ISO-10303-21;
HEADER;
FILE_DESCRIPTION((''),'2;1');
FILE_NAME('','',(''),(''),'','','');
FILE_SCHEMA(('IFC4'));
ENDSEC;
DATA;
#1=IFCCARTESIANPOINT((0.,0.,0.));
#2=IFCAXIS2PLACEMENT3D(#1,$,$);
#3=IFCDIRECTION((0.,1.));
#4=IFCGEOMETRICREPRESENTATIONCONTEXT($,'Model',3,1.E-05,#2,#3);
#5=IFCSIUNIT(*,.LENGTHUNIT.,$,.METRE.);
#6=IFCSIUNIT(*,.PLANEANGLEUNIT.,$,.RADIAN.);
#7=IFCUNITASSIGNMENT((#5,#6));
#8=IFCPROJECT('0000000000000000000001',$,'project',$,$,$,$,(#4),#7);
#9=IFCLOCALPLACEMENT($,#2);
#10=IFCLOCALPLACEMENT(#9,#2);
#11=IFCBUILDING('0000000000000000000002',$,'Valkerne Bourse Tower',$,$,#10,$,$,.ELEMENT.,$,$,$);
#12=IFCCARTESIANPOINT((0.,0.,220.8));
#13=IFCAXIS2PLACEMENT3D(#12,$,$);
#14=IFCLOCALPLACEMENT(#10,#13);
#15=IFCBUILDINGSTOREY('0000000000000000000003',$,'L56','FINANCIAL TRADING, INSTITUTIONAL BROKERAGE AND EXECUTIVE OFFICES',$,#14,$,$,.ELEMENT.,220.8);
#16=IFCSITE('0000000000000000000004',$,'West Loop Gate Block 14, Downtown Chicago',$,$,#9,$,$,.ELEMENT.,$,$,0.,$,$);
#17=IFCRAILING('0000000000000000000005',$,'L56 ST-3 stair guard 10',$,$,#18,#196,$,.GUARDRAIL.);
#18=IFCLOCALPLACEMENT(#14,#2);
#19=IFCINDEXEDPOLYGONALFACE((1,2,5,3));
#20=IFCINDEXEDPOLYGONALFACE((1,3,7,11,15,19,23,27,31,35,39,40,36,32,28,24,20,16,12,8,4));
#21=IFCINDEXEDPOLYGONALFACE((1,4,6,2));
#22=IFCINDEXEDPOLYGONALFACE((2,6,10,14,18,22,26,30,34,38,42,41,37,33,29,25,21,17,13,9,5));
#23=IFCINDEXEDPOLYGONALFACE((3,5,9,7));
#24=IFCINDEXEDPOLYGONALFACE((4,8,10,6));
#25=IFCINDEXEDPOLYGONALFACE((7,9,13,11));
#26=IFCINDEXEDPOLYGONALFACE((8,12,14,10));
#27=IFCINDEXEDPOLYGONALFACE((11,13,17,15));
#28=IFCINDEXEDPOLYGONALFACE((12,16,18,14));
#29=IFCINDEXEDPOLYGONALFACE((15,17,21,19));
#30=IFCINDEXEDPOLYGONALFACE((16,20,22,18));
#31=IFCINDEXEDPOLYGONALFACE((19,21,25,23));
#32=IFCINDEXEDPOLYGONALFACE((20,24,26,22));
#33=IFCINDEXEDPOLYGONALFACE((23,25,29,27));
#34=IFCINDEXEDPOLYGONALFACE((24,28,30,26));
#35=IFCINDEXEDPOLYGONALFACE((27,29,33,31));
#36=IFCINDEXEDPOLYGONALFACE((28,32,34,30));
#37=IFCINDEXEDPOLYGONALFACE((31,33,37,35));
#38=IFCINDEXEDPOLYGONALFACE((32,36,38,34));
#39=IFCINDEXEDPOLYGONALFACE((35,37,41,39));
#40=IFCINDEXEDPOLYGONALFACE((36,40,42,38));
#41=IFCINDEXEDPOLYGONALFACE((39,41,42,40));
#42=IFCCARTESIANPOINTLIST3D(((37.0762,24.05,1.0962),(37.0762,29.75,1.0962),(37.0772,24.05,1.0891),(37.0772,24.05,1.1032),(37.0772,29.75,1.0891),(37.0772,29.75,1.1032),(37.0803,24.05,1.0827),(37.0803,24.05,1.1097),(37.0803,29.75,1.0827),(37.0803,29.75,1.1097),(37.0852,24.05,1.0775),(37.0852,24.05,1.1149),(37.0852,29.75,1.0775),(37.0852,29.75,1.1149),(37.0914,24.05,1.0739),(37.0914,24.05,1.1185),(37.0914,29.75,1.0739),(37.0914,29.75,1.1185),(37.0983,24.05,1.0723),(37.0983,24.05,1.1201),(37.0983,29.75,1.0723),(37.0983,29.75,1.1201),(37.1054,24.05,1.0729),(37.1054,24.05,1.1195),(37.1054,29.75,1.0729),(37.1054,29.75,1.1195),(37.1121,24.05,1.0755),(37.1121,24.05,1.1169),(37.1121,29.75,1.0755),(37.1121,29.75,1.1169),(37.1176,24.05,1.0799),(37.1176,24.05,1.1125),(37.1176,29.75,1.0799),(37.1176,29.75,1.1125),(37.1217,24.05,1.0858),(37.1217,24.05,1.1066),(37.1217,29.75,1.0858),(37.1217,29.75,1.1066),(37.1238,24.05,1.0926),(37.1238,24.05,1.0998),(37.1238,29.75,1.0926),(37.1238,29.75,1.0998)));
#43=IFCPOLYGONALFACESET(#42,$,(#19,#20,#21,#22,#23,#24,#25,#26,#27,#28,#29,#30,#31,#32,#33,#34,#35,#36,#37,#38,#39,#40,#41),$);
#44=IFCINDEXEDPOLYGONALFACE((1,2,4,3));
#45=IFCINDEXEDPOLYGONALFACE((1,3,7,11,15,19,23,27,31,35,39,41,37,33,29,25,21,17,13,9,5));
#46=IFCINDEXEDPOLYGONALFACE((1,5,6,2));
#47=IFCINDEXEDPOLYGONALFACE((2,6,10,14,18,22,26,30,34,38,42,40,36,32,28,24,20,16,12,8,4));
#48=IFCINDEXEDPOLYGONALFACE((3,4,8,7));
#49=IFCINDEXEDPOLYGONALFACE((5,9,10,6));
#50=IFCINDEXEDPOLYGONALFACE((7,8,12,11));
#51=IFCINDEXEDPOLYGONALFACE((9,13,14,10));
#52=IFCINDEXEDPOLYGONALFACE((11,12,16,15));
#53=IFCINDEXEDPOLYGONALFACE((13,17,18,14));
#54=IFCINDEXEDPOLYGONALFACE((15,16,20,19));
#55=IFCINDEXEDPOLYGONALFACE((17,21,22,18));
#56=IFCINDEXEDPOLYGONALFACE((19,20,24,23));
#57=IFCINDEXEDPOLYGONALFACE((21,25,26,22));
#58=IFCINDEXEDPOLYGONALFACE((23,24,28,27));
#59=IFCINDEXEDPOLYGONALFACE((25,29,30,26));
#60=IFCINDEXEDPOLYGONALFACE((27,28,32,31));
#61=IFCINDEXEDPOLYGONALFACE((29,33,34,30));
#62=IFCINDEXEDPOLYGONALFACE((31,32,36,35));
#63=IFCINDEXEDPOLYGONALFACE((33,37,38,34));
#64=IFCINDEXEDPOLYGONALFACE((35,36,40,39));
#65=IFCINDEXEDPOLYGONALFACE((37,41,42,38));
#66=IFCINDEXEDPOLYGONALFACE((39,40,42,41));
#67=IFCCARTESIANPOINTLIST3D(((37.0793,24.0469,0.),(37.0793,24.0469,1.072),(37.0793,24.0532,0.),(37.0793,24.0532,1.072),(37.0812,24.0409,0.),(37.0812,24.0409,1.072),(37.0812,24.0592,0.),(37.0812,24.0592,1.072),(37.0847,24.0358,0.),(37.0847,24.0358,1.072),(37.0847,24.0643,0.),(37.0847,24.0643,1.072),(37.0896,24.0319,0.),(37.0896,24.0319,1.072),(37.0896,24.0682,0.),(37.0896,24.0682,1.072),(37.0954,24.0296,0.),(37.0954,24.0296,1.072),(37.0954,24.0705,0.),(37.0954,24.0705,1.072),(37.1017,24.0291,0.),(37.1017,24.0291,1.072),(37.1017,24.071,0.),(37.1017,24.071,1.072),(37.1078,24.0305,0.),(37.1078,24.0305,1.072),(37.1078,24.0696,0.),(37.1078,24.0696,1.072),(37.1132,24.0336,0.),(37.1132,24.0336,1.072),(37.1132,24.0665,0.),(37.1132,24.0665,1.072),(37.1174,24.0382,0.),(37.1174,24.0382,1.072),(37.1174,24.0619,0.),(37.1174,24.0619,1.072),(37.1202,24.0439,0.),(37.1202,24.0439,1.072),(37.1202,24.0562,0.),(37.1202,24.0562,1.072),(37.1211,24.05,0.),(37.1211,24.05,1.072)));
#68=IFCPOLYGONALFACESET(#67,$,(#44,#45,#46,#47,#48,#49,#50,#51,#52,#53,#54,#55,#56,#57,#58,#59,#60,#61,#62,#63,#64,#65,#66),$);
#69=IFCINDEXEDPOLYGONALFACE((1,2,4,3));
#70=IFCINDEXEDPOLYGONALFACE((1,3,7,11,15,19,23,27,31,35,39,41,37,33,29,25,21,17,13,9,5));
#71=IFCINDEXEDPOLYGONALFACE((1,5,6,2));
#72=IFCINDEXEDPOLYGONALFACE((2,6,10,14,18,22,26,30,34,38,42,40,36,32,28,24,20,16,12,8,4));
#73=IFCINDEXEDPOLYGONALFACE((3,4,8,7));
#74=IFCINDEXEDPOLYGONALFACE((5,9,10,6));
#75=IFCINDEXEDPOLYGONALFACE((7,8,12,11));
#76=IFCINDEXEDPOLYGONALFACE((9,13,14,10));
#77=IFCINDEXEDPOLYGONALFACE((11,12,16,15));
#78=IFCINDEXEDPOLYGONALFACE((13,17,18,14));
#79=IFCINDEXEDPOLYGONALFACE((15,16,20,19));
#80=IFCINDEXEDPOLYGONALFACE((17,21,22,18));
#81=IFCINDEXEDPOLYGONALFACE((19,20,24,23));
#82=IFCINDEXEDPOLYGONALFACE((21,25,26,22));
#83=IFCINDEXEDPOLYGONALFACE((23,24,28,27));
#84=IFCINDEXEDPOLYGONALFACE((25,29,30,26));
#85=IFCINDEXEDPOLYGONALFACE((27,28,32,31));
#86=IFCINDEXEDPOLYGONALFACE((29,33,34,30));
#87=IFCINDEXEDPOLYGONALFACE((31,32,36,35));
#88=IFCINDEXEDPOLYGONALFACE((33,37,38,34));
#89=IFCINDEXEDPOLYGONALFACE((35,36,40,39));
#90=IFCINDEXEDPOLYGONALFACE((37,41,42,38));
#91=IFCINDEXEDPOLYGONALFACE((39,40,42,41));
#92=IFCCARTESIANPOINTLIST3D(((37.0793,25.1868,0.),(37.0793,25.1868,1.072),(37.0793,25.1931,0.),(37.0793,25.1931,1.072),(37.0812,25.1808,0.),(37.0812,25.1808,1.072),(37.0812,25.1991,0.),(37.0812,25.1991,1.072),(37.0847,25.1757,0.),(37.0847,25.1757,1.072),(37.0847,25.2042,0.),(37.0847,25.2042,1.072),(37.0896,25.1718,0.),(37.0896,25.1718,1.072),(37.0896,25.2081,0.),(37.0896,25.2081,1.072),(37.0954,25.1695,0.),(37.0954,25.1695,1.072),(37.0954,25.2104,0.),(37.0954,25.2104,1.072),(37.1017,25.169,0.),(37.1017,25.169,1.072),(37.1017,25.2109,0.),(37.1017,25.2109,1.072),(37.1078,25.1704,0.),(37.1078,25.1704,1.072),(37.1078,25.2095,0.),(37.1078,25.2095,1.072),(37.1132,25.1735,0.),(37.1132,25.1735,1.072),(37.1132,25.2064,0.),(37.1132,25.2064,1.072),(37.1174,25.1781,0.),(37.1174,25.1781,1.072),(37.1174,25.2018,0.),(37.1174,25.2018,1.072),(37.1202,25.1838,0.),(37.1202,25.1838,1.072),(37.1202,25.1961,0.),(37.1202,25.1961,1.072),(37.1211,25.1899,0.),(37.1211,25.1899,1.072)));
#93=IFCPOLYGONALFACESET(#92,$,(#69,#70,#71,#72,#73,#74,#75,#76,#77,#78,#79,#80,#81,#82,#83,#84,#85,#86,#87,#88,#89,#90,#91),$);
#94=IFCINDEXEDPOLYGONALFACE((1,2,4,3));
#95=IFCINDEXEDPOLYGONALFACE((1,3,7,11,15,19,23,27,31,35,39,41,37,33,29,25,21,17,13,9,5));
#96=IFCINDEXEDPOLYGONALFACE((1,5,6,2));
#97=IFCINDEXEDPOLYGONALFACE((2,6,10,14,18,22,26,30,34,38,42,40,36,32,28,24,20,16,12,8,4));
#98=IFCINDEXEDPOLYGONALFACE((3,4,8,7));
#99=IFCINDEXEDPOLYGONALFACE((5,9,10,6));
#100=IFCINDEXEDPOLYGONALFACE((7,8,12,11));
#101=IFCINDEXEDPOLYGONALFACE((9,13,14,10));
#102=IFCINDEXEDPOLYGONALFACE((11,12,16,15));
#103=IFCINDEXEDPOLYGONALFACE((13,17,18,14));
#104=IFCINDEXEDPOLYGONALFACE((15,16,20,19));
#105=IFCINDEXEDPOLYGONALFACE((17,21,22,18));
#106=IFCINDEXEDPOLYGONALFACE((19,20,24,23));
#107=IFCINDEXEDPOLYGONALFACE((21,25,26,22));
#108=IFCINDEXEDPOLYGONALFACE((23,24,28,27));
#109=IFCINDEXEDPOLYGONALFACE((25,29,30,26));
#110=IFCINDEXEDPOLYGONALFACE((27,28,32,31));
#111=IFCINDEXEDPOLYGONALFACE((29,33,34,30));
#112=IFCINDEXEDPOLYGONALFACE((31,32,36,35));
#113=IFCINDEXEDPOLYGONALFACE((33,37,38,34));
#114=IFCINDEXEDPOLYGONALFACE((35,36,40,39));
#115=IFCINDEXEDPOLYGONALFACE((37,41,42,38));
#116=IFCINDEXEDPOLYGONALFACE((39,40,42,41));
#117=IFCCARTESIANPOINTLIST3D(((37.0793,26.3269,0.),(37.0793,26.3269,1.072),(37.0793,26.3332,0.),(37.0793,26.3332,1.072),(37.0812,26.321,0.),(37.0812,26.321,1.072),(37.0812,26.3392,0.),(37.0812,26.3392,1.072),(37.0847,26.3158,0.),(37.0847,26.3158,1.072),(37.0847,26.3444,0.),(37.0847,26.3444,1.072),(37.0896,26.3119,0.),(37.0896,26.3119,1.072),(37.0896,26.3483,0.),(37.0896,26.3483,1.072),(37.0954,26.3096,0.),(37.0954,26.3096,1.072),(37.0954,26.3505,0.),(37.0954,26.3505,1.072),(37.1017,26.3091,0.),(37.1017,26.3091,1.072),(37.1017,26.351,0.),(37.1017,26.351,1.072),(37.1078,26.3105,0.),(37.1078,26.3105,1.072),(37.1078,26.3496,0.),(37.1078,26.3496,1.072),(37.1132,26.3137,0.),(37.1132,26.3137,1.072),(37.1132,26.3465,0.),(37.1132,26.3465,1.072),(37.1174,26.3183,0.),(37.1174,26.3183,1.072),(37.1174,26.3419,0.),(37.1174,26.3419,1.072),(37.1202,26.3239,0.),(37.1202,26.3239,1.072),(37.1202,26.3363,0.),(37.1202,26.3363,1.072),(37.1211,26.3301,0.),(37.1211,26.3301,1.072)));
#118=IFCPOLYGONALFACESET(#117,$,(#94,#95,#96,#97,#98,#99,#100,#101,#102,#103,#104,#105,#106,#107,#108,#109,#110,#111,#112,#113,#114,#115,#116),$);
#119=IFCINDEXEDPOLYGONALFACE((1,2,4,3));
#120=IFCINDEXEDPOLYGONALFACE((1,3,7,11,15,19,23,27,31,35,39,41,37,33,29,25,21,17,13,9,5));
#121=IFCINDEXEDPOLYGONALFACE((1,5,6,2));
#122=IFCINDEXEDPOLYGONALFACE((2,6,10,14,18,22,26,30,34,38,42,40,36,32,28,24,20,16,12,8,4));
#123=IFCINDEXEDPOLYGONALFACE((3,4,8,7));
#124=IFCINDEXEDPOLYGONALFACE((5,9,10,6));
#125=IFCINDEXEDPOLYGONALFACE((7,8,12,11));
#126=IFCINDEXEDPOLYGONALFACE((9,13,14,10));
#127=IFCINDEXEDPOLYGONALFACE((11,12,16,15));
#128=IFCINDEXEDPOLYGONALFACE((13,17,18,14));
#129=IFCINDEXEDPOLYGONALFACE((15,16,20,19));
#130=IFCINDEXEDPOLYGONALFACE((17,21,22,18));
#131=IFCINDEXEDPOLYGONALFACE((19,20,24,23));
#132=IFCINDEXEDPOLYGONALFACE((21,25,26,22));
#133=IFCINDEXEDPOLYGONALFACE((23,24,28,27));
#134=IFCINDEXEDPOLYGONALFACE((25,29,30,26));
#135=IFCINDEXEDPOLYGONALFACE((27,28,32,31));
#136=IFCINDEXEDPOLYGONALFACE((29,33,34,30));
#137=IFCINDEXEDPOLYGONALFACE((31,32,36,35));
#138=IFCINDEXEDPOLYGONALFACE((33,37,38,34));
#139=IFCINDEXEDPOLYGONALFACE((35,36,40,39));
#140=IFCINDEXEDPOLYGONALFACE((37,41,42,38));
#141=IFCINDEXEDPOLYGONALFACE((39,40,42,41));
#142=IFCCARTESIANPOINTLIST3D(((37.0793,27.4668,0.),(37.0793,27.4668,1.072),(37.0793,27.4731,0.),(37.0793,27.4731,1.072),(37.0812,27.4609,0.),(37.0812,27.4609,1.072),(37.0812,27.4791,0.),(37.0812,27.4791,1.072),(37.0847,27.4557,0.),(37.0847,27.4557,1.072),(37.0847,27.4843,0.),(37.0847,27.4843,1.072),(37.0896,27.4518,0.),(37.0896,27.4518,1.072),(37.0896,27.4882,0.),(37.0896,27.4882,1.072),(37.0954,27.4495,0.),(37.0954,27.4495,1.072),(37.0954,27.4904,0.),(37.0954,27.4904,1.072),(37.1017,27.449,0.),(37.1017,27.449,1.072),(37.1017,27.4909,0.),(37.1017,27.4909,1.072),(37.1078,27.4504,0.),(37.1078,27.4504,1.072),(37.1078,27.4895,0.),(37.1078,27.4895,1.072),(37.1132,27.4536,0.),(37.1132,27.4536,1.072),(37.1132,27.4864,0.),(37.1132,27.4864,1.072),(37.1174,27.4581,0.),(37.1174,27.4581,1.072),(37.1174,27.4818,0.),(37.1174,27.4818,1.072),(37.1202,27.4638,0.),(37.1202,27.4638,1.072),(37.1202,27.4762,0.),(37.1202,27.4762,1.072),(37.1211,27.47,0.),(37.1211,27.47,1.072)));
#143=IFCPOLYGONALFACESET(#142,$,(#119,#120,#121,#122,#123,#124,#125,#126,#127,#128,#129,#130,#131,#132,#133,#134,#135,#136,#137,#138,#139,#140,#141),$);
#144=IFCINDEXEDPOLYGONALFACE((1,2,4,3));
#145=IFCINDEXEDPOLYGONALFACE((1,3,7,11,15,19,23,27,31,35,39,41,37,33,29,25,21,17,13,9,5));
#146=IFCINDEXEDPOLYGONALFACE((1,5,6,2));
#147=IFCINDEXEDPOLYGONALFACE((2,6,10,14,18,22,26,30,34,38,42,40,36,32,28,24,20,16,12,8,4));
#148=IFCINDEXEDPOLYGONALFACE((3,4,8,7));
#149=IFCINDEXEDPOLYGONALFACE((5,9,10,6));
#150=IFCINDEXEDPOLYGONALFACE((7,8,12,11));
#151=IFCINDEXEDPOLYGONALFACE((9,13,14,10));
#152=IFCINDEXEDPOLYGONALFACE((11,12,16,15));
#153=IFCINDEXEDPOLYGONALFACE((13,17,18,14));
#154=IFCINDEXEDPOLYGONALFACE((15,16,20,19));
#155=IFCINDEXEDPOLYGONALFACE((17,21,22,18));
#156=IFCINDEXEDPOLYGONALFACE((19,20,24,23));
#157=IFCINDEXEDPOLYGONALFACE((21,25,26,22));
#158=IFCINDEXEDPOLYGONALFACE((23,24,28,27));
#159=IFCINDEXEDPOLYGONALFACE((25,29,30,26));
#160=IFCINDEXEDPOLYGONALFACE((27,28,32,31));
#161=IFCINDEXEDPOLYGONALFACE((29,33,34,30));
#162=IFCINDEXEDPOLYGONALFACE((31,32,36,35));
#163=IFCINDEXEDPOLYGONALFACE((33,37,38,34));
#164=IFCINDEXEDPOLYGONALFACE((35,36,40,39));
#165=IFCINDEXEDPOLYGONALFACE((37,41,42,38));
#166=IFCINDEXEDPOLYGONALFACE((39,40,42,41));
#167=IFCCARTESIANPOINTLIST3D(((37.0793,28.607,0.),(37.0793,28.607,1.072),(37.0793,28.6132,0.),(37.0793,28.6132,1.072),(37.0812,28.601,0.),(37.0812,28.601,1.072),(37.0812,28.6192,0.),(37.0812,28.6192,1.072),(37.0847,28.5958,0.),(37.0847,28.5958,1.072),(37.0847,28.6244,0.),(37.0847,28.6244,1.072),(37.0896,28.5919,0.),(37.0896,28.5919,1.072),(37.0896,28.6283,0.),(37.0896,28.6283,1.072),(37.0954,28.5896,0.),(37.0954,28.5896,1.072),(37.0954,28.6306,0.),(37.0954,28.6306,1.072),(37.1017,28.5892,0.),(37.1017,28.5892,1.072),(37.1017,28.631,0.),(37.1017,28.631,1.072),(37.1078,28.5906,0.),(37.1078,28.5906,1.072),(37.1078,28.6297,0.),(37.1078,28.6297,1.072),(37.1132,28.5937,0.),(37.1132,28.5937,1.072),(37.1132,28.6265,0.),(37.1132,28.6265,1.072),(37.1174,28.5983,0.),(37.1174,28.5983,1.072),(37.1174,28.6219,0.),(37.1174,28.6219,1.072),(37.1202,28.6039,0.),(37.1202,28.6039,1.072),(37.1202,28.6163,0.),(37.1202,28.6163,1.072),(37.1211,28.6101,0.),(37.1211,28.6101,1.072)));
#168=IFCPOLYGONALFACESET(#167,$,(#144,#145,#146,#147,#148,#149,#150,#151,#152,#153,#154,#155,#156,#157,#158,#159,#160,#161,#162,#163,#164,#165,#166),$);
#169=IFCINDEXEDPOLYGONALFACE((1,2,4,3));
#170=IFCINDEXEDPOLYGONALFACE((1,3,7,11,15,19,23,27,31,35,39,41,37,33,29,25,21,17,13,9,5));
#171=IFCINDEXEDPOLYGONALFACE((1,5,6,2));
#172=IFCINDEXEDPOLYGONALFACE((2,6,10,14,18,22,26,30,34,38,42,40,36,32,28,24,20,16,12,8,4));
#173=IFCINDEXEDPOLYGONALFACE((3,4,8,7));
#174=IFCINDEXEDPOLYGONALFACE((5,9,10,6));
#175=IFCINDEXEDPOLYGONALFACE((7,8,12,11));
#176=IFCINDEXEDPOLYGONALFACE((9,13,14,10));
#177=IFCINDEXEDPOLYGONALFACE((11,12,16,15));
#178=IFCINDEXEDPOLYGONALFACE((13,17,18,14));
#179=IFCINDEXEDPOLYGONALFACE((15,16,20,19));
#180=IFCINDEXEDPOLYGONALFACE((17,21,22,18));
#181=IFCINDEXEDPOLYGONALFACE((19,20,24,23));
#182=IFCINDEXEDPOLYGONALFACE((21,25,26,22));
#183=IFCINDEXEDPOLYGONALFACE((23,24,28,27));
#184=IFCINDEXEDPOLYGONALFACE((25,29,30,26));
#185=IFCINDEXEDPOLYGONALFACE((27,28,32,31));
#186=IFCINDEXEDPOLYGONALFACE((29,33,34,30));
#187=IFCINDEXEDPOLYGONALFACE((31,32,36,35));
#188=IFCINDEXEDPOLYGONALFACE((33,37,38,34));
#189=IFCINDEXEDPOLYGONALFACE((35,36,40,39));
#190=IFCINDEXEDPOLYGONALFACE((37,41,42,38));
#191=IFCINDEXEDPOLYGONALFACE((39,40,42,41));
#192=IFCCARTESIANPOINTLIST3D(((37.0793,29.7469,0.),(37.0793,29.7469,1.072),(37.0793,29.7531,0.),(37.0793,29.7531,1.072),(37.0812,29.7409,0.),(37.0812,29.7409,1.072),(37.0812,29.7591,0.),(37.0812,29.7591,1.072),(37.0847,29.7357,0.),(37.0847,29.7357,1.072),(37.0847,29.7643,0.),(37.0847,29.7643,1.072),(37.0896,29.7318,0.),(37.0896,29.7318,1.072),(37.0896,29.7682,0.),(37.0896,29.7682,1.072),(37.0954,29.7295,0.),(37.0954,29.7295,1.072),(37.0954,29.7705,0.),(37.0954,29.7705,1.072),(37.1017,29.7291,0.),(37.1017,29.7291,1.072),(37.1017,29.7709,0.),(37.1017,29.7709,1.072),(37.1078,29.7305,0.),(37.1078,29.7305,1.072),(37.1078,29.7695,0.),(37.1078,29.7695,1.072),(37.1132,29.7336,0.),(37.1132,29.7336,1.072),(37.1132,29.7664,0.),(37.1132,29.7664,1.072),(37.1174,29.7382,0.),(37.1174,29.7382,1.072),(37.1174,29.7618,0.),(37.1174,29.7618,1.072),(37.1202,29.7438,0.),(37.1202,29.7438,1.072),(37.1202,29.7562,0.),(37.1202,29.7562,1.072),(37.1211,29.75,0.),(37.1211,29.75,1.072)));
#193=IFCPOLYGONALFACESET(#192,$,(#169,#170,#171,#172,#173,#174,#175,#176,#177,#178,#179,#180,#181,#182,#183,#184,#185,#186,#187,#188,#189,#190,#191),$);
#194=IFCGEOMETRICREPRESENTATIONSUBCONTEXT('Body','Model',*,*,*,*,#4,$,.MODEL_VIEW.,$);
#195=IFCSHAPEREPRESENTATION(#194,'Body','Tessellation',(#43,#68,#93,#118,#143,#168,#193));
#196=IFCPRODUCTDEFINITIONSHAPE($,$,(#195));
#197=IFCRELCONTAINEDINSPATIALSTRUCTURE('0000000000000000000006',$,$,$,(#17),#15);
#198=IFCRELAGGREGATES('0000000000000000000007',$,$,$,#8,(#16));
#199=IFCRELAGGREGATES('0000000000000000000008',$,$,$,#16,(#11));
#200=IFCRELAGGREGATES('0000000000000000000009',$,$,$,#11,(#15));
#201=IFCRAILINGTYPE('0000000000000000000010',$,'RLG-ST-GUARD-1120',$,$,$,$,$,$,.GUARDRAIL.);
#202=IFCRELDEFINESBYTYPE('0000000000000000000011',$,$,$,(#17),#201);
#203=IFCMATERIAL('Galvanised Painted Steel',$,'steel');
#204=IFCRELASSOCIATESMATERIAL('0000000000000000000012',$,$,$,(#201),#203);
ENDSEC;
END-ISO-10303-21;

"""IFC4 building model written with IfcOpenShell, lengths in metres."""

from ifc_helpers import new_model, si_unit, direction, frame, origin, origin_2d, place, context, subcontext, project, spatial, circle, extrude, material, type_object, element, save


model = new_model("IFC4")

# Units and contexts
model_context = context("Model", 3, precision=1e-05, world=origin(), true_north=direction((0.0, 1.0)))
body_context = subcontext(model_context, "Body", "Model", "MODEL_VIEW")
ifc_project = project(units=[si_unit("LENGTHUNIT", "METRE"), si_unit("PLANEANGLEUNIT", "RADIAN")], contexts=[model_context])

# Site, building, storey
site_placement = place(None, origin())
site = spatial("IfcSite", under=ifc_project, at=site_placement, Name="West Loop Gate Block 14, Downtown Chicago", CompositionType="ELEMENT", RefElevation=0.0)
building_placement = place(site_placement, origin())
building = spatial("IfcBuilding", under=site, at=building_placement, Name="Valkerne Bourse Tower", CompositionType="ELEMENT")
storey_placement = place(building_placement, frame((0.0, 0.0, 220.8)))
storey = spatial("IfcBuildingStorey", under=building, at=storey_placement, Name="L56", Description="FINANCIAL TRADING, INSTITUTIONAL BROKERAGE AND EXECUTIVE OFFICES", CompositionType="ELEMENT", Elevation=220.8)

# Railing
ifc_material_1 = material(Name="Galvanised Painted Steel", Category="steel")
railing_type_1 = type_object("IfcRailingType", Name="RLG-ST-GUARD-1120", PredefinedType="GUARDRAIL", material=ifc_material_1)
railing_1_placement = place(storey_placement, frame((37.1001, 24.05, 0.0)))
element("IfcRailing", 1, at=railing_1_placement, inside=storey, type_object=railing_type_1, Name="L56 ST-3 stair guard 10", PredefinedType="GUARDRAIL", context=body_context, shape_type="SweptSolid", body=[
    extrude(circle(Radius=0.0239, at=origin_2d()), frame((0.0, 0.0, 1.0962), z_axis=(0.0, 1.0, 0.0), x_axis=(-1.0, 0.0, 0.0)), (0.0, 0.0, 1.0), 5.7),
    extrude(circle(Radius=0.021, at=origin_2d()), origin(), (0.0, 0.0, 1.0), 1.072),
    extrude(circle(Radius=0.021, at=origin_2d()), frame((0.0, 1.1399, 0.0)), (0.0, 0.0, 1.0), 1.072),
    extrude(circle(Radius=0.021, at=origin_2d()), frame((0.0, 2.28, 0.0)), (0.0, 0.0, 1.0), 1.072),
    extrude(circle(Radius=0.021, at=origin_2d()), frame((0.0, 3.4199, 0.0)), (0.0, 0.0, 1.0), 1.072),
    extrude(circle(Radius=0.021, at=origin_2d()), frame((0.0, 4.5601, 0.0)), (0.0, 0.0, 1.0), 1.072),
    extrude(circle(Radius=0.021, at=origin_2d()), frame((0.0, 5.7, 0.0)), (0.0, 0.0, 1.0), 1.072),
])

save(model, "model.ifc")
